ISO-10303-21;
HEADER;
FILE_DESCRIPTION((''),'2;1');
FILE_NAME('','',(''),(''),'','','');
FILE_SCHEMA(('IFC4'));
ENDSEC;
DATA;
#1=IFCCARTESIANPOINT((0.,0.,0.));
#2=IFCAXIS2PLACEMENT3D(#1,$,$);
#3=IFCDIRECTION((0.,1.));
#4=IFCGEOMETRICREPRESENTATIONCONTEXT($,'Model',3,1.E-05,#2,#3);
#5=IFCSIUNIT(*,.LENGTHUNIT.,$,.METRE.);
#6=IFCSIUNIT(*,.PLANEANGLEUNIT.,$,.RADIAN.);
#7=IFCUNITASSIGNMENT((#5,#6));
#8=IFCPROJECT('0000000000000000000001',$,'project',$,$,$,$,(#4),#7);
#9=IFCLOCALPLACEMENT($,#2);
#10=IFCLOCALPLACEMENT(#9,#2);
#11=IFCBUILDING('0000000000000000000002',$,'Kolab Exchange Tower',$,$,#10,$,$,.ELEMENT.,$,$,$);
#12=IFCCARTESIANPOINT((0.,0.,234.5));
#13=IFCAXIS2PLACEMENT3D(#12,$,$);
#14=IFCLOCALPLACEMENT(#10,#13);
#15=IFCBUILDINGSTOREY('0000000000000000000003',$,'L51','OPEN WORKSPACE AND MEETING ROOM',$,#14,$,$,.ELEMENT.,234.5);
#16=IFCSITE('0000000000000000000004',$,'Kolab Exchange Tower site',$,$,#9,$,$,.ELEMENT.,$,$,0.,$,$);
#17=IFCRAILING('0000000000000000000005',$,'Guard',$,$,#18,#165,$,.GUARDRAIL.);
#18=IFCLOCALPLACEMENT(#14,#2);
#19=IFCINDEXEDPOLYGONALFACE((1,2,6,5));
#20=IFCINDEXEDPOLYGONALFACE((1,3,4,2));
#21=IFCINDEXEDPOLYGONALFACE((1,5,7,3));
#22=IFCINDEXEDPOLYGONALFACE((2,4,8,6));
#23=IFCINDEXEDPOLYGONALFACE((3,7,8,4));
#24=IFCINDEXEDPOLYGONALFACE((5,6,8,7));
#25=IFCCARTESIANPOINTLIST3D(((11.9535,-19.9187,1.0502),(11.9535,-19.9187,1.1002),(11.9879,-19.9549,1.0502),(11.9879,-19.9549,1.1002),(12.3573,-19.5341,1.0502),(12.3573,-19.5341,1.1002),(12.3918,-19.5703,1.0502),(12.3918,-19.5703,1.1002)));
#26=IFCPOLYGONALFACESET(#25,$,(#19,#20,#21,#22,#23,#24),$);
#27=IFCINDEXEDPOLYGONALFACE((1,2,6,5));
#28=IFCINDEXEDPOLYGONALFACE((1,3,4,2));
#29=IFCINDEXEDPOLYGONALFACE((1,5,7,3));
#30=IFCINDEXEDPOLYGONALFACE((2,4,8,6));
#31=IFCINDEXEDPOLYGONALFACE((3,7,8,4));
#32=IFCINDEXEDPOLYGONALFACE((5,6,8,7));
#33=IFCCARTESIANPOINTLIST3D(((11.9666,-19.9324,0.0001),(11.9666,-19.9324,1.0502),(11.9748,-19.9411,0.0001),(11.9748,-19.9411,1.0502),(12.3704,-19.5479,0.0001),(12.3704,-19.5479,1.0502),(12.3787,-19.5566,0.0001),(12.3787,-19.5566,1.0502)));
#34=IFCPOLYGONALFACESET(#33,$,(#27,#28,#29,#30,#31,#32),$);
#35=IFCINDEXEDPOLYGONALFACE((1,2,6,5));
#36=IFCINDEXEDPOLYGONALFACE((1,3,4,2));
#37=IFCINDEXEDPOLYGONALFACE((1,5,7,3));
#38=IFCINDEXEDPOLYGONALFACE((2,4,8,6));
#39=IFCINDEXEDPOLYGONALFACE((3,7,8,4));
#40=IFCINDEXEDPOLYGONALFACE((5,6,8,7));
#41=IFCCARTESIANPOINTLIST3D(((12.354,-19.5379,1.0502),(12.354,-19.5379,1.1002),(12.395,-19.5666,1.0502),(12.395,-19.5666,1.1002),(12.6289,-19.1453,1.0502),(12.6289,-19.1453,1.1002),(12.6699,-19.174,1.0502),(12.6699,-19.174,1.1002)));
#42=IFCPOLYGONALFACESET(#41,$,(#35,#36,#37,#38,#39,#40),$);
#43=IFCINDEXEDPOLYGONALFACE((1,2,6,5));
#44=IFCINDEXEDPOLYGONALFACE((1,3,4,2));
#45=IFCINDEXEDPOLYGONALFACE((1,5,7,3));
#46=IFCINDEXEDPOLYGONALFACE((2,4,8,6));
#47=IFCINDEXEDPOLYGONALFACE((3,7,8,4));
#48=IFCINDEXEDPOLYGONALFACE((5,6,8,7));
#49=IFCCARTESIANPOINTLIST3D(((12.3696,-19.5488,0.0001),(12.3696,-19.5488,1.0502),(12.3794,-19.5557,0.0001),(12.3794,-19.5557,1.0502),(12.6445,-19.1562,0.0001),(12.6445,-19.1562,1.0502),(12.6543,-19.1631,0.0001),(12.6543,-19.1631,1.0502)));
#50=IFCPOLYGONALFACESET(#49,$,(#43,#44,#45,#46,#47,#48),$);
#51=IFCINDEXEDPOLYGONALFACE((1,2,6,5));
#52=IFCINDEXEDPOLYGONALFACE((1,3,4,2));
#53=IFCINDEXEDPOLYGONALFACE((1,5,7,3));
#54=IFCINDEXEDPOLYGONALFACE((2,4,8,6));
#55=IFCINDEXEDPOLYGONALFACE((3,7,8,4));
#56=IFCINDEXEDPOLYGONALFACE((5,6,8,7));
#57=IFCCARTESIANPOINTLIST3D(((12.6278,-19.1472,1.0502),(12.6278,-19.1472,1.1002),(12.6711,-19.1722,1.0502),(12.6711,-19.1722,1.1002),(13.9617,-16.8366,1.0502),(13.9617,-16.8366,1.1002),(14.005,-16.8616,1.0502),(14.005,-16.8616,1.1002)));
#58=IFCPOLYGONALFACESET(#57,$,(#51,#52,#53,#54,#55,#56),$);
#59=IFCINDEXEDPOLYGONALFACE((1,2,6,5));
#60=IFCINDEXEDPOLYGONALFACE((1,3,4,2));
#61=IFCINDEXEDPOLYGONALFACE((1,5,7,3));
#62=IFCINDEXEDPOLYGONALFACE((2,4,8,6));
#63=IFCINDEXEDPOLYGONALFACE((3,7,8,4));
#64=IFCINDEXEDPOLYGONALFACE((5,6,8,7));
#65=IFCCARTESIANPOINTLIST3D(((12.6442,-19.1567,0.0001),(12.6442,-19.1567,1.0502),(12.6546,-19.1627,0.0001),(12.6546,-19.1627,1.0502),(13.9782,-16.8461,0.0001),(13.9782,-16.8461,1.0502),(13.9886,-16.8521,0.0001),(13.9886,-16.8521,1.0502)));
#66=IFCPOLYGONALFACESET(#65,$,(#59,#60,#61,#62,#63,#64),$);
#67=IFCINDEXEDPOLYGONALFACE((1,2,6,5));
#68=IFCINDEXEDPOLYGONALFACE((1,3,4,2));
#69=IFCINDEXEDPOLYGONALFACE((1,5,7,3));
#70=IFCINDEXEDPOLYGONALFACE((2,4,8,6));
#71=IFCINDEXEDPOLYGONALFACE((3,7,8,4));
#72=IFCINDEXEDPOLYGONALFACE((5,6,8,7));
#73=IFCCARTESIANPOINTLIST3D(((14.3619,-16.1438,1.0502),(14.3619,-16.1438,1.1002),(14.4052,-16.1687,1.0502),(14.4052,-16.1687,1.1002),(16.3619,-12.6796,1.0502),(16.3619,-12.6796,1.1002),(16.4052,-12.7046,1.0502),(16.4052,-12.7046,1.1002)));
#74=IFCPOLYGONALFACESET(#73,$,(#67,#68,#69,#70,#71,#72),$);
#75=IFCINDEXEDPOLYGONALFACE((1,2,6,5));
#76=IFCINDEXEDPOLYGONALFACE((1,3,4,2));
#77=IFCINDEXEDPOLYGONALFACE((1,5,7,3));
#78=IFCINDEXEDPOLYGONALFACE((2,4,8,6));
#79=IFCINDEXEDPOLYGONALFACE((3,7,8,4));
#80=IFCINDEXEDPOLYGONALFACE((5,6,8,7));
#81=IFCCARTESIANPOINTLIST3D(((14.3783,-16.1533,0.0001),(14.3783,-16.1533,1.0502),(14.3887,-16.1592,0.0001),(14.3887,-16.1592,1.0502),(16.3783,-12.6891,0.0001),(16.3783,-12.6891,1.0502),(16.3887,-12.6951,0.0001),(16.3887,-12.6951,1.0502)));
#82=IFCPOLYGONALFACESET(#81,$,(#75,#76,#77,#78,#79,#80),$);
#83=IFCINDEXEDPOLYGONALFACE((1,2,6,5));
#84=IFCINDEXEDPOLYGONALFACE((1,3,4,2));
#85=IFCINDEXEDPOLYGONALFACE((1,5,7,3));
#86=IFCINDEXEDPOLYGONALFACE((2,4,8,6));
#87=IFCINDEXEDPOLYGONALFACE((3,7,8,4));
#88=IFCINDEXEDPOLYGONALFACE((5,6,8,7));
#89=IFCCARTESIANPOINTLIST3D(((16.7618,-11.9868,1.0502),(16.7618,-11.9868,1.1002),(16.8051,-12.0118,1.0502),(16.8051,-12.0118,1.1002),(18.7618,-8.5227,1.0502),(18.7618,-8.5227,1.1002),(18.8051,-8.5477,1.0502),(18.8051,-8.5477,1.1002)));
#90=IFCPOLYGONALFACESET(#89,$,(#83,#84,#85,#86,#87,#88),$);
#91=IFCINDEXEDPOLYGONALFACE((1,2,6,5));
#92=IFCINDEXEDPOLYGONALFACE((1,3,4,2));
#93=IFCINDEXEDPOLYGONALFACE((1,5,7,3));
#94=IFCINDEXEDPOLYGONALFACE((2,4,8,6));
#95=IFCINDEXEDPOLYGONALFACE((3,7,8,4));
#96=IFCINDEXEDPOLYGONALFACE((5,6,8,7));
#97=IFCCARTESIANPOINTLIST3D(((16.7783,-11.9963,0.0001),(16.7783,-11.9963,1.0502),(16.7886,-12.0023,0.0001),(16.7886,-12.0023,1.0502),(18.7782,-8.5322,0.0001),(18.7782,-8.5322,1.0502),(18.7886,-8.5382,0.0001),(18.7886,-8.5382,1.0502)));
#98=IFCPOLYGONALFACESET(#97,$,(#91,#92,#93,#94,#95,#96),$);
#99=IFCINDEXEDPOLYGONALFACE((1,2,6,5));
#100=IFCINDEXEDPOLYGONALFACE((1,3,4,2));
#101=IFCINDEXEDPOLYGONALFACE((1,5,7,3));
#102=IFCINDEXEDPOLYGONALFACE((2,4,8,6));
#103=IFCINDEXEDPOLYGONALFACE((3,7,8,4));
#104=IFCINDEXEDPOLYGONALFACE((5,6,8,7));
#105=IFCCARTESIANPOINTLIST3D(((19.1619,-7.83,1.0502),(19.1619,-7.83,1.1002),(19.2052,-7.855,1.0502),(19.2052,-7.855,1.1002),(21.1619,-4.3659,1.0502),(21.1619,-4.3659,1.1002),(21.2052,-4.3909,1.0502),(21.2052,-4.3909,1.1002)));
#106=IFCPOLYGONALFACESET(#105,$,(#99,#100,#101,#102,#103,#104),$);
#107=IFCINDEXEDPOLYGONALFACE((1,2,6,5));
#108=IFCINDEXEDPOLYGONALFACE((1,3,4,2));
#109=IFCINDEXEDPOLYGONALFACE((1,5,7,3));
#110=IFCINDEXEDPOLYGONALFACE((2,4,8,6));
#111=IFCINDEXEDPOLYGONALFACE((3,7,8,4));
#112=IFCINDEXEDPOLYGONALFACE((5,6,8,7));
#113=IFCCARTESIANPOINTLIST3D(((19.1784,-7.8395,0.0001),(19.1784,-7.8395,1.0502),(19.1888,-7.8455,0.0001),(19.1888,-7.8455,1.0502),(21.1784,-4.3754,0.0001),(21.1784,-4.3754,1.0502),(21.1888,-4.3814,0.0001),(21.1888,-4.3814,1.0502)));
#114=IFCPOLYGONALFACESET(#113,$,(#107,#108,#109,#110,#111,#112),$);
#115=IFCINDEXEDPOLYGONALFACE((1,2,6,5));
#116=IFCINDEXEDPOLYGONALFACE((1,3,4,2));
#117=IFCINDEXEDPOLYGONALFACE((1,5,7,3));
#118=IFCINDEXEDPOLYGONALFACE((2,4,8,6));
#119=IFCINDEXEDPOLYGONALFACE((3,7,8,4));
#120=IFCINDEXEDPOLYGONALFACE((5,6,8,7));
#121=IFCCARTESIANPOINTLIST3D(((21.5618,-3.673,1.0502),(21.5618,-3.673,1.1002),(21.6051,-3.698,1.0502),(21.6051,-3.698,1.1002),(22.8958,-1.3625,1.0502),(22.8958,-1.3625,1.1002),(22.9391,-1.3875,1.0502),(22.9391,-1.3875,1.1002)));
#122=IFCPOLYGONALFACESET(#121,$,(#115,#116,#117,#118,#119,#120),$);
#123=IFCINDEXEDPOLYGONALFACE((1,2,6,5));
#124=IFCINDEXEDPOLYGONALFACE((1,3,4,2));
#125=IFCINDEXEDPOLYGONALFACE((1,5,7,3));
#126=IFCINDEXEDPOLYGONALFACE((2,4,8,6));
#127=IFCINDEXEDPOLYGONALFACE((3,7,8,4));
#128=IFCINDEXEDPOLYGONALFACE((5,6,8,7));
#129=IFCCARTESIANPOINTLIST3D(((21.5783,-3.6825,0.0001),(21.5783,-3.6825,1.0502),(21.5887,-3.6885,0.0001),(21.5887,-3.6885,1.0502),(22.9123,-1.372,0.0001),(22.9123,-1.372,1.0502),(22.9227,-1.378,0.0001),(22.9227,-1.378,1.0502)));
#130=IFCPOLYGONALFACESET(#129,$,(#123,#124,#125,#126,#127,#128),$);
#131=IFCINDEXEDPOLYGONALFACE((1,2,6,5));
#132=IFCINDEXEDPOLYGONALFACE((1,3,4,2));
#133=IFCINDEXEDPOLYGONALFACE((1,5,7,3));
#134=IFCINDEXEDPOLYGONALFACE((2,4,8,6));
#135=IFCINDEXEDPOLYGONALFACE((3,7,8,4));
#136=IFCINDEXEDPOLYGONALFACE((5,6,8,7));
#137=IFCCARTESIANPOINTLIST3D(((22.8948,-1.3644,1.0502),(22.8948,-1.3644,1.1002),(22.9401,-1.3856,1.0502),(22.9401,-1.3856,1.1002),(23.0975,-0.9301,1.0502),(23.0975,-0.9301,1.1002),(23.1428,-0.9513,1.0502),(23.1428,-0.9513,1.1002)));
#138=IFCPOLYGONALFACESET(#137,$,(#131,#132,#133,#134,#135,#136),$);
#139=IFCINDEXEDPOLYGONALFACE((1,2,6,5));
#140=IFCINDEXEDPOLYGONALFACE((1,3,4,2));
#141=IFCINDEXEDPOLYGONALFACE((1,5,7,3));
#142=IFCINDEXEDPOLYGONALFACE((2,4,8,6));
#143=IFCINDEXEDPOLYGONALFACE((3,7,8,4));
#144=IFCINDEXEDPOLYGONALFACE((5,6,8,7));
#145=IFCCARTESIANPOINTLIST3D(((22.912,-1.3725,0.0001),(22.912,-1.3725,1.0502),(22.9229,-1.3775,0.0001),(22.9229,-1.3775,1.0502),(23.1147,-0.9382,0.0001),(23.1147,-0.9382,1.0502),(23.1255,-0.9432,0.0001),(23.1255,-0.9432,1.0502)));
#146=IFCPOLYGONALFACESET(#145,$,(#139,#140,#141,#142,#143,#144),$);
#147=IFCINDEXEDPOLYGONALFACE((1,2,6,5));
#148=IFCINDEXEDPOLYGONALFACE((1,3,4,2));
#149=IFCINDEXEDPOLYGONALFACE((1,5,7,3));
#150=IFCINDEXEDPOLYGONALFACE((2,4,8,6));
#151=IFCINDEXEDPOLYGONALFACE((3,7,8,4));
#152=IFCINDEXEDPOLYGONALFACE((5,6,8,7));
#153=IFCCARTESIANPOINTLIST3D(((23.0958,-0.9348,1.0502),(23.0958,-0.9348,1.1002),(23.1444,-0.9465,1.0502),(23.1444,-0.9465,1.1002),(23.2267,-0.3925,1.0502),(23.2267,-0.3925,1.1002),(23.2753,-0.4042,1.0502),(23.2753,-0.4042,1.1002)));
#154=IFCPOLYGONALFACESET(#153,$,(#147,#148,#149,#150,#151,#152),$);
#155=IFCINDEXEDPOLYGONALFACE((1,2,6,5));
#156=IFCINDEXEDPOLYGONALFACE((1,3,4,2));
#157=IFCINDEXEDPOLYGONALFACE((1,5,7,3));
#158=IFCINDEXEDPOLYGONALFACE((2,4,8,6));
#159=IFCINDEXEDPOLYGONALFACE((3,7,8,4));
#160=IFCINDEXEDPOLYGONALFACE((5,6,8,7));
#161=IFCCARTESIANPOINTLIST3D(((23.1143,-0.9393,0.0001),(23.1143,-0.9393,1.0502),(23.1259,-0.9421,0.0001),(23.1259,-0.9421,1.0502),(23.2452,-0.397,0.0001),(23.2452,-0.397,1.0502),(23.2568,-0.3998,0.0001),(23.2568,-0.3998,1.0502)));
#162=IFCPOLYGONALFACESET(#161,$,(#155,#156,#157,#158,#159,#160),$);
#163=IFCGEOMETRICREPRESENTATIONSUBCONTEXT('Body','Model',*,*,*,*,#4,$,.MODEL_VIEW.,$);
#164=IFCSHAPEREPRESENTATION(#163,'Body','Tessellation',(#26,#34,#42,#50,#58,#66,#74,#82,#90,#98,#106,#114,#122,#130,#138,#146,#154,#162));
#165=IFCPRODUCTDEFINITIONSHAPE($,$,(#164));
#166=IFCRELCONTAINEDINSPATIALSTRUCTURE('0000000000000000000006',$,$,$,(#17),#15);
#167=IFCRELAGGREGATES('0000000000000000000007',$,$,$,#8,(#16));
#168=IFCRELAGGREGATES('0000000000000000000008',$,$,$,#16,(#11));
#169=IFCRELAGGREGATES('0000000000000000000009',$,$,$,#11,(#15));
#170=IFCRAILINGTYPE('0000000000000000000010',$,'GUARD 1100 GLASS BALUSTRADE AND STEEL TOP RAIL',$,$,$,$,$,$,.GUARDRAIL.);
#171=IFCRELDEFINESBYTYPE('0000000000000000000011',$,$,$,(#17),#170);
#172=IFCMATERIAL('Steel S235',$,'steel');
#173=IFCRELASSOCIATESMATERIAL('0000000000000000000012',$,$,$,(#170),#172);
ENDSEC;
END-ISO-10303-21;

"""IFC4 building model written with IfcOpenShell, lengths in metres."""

from ifc_helpers import new_model, si_unit, direction, frame, frame_2d, origin, origin_2d, place, context, subcontext, project, spatial, rectangle, extrude, material, type_object, element, save


model = new_model("IFC4")

# Units and contexts
model_context = context("Model", 3, precision=1e-05, world=origin(), true_north=direction((0.0, 1.0)))
body_context = subcontext(model_context, "Body", "Model", "MODEL_VIEW")
ifc_project = project(units=[si_unit("LENGTHUNIT", "METRE"), si_unit("PLANEANGLEUNIT", "RADIAN")], contexts=[model_context])

# Site, building, storey
site_placement = place(None, origin())
site = spatial("IfcSite", under=ifc_project, at=site_placement, Name="Kolab Exchange Tower site", CompositionType="ELEMENT", RefElevation=0.0)
building_placement = place(site_placement, origin())
building = spatial("IfcBuilding", under=site, at=building_placement, Name="Kolab Exchange Tower", CompositionType="ELEMENT")
storey_placement = place(building_placement, frame((0.0, 0.0, 234.5)))
storey = spatial("IfcBuildingStorey", under=building, at=storey_placement, Name="L51", Description="OPEN WORKSPACE AND MEETING ROOM", CompositionType="ELEMENT", Elevation=234.5)

# Railing
ifc_material_1 = material(Name="Steel S235", Category="steel")
railing_type = type_object("IfcRailingType", Name="GUARD 1100 GLASS BALUSTRADE AND STEEL TOP RAIL", PredefinedType="GUARDRAIL", material=ifc_material_1)
railing_placement = place(storey_placement, frame((11.9707, -19.9368, 0.0)))
element("IfcRailing", 1, at=railing_placement, inside=storey, type_object=railing_type, Name="Guard", PredefinedType="GUARDRAIL", context=body_context, shape_type="SweptSolid", body=[
    extrude(rectangle(XDim=0.05, YDim=0.05, at=origin_2d()), frame((0.0, 0.0, 1.0752), z_axis=(0.72419, 0.689601, 0.0), x_axis=(-0.689601, 0.72419, 0.0)), (0.0, 0.0, 1.0), 0.5576),
    extrude(rectangle(XDim=0.012, YDim=1.0501, at=frame_2d((0.0, 0.5251))), frame((0.0, 0.0, 0.0), z_axis=(0.72419, 0.689601, 0.0), x_axis=(-0.689601, 0.72419, 0.0)), (0.0, 0.0, 1.0), 0.5576),
    extrude(rectangle(XDim=0.05, YDim=0.05, at=origin_2d()), frame((0.4038, 0.3845, 1.0752), z_axis=(0.573599, 0.819136, 0.0), x_axis=(-0.819136, 0.573599, 0.0)), (0.0, 0.0, 1.0), 0.4792),
    extrude(rectangle(XDim=0.012, YDim=1.0501, at=frame_2d((0.0, 0.5251))), frame((0.4038, 0.3845, 0.0), z_axis=(0.573599, 0.819136, 0.0), x_axis=(-0.819136, 0.573599, 0.0)), (0.0, 0.0, 1.0), 0.4792),
    extrude(rectangle(XDim=0.05, YDim=0.05, at=origin_2d()), frame((0.6787, 0.7771, 1.0752), z_axis=(0.499997, 0.866027, 0.0), x_axis=(-0.866027, 0.499997, 0.0)), (0.0, 0.0, 1.0), 2.668),
    extrude(rectangle(XDim=0.012, YDim=1.0501, at=frame_2d((0.0, 0.5251))), frame((0.6787, 0.7771, 0.0), z_axis=(0.499997, 0.866027, 0.0), x_axis=(-0.866027, 0.499997, 0.0)), (0.0, 0.0, 1.0), 2.668),
    extrude(rectangle(XDim=0.05, YDim=0.05, at=origin_2d()), frame((2.4128, 3.7805, 1.0752), z_axis=(0.499999, 0.866026, 0.0), x_axis=(-0.866026, 0.499999, 0.0)), (0.0, 0.0, 1.0), 4.0),
    extrude(rectangle(XDim=0.012, YDim=1.0501, at=frame_2d((0.0, 0.5251))), frame((2.4128, 3.7805, 0.0), z_axis=(0.499999, 0.866026, 0.0), x_axis=(-0.866026, 0.499999, 0.0)), (0.0, 0.0, 1.0), 4.0),
    extrude(rectangle(XDim=0.05, YDim=0.05, at=origin_2d()), frame((4.8127, 7.9375, 1.0752), z_axis=(0.499999, 0.866026, 0.0), x_axis=(-0.866026, 0.499999, 0.0)), (0.0, 0.0, 1.0), 4.0),
    extrude(rectangle(XDim=0.012, YDim=1.0501, at=frame_2d((0.0, 0.5251))), frame((4.8127, 7.9375, 0.0), z_axis=(0.499999, 0.866026, 0.0), x_axis=(-0.866026, 0.499999, 0.0)), (0.0, 0.0, 1.0), 4.0),
    extrude(rectangle(XDim=0.05, YDim=0.05, at=origin_2d()), frame((7.2129, 12.0942, 1.0752), z_axis=(0.499999, 0.866026, 0.0), x_axis=(-0.866026, 0.499999, 0.0)), (0.0, 0.0, 1.0), 4.0),
    extrude(rectangle(XDim=0.012, YDim=1.0501, at=frame_2d((0.0, 0.5251))), frame((7.2129, 12.0942, 0.0), z_axis=(0.499999, 0.866026, 0.0), x_axis=(-0.866026, 0.499999, 0.0)), (0.0, 0.0, 1.0), 4.0),
    extrude(rectangle(XDim=0.05, YDim=0.05, at=origin_2d()), frame((9.6128, 16.2512, 1.0752), z_axis=(0.499997, 0.866027, 0.0), x_axis=(-0.866027, 0.499997, 0.0)), (0.0, 0.0, 1.0), 2.668),
    extrude(rectangle(XDim=0.012, YDim=1.0501, at=frame_2d((0.0, 0.5251))), frame((9.6128, 16.2512, 0.0), z_axis=(0.499997, 0.866027, 0.0), x_axis=(-0.866027, 0.499997, 0.0)), (0.0, 0.0, 1.0), 2.668),
    extrude(rectangle(XDim=0.05, YDim=0.05, at=origin_2d()), frame((10.9468, 18.5618, 1.0752), z_axis=(0.422802, 0.906222, 0.0), x_axis=(-0.906222, 0.422802, 0.0)), (0.0, 0.0, 1.0), 0.4792),
    extrude(rectangle(XDim=0.012, YDim=1.0501, at=frame_2d((0.0, 0.5251))), frame((10.9468, 18.5618, 0.0), z_axis=(0.422802, 0.906222, 0.0), x_axis=(-0.906222, 0.422802, 0.0)), (0.0, 0.0, 1.0), 0.4792),
    extrude(rectangle(XDim=0.05, YDim=0.05, at=origin_2d()), frame((11.1494, 18.9961, 1.0752), z_axis=(0.234598, 0.972093, 0.0), x_axis=(-0.972093, 0.234598, 0.0)), (0.0, 0.0, 1.0), 0.5579),
    extrude(rectangle(XDim=0.012, YDim=1.0501, at=frame_2d((0.0, 0.5251))), frame((11.1494, 18.9961, 0.0), z_axis=(0.234598, 0.972093, 0.0), x_axis=(-0.972093, 0.234598, 0.0)), (0.0, 0.0, 1.0), 0.5579),
])

save(model, "model.ifc")
